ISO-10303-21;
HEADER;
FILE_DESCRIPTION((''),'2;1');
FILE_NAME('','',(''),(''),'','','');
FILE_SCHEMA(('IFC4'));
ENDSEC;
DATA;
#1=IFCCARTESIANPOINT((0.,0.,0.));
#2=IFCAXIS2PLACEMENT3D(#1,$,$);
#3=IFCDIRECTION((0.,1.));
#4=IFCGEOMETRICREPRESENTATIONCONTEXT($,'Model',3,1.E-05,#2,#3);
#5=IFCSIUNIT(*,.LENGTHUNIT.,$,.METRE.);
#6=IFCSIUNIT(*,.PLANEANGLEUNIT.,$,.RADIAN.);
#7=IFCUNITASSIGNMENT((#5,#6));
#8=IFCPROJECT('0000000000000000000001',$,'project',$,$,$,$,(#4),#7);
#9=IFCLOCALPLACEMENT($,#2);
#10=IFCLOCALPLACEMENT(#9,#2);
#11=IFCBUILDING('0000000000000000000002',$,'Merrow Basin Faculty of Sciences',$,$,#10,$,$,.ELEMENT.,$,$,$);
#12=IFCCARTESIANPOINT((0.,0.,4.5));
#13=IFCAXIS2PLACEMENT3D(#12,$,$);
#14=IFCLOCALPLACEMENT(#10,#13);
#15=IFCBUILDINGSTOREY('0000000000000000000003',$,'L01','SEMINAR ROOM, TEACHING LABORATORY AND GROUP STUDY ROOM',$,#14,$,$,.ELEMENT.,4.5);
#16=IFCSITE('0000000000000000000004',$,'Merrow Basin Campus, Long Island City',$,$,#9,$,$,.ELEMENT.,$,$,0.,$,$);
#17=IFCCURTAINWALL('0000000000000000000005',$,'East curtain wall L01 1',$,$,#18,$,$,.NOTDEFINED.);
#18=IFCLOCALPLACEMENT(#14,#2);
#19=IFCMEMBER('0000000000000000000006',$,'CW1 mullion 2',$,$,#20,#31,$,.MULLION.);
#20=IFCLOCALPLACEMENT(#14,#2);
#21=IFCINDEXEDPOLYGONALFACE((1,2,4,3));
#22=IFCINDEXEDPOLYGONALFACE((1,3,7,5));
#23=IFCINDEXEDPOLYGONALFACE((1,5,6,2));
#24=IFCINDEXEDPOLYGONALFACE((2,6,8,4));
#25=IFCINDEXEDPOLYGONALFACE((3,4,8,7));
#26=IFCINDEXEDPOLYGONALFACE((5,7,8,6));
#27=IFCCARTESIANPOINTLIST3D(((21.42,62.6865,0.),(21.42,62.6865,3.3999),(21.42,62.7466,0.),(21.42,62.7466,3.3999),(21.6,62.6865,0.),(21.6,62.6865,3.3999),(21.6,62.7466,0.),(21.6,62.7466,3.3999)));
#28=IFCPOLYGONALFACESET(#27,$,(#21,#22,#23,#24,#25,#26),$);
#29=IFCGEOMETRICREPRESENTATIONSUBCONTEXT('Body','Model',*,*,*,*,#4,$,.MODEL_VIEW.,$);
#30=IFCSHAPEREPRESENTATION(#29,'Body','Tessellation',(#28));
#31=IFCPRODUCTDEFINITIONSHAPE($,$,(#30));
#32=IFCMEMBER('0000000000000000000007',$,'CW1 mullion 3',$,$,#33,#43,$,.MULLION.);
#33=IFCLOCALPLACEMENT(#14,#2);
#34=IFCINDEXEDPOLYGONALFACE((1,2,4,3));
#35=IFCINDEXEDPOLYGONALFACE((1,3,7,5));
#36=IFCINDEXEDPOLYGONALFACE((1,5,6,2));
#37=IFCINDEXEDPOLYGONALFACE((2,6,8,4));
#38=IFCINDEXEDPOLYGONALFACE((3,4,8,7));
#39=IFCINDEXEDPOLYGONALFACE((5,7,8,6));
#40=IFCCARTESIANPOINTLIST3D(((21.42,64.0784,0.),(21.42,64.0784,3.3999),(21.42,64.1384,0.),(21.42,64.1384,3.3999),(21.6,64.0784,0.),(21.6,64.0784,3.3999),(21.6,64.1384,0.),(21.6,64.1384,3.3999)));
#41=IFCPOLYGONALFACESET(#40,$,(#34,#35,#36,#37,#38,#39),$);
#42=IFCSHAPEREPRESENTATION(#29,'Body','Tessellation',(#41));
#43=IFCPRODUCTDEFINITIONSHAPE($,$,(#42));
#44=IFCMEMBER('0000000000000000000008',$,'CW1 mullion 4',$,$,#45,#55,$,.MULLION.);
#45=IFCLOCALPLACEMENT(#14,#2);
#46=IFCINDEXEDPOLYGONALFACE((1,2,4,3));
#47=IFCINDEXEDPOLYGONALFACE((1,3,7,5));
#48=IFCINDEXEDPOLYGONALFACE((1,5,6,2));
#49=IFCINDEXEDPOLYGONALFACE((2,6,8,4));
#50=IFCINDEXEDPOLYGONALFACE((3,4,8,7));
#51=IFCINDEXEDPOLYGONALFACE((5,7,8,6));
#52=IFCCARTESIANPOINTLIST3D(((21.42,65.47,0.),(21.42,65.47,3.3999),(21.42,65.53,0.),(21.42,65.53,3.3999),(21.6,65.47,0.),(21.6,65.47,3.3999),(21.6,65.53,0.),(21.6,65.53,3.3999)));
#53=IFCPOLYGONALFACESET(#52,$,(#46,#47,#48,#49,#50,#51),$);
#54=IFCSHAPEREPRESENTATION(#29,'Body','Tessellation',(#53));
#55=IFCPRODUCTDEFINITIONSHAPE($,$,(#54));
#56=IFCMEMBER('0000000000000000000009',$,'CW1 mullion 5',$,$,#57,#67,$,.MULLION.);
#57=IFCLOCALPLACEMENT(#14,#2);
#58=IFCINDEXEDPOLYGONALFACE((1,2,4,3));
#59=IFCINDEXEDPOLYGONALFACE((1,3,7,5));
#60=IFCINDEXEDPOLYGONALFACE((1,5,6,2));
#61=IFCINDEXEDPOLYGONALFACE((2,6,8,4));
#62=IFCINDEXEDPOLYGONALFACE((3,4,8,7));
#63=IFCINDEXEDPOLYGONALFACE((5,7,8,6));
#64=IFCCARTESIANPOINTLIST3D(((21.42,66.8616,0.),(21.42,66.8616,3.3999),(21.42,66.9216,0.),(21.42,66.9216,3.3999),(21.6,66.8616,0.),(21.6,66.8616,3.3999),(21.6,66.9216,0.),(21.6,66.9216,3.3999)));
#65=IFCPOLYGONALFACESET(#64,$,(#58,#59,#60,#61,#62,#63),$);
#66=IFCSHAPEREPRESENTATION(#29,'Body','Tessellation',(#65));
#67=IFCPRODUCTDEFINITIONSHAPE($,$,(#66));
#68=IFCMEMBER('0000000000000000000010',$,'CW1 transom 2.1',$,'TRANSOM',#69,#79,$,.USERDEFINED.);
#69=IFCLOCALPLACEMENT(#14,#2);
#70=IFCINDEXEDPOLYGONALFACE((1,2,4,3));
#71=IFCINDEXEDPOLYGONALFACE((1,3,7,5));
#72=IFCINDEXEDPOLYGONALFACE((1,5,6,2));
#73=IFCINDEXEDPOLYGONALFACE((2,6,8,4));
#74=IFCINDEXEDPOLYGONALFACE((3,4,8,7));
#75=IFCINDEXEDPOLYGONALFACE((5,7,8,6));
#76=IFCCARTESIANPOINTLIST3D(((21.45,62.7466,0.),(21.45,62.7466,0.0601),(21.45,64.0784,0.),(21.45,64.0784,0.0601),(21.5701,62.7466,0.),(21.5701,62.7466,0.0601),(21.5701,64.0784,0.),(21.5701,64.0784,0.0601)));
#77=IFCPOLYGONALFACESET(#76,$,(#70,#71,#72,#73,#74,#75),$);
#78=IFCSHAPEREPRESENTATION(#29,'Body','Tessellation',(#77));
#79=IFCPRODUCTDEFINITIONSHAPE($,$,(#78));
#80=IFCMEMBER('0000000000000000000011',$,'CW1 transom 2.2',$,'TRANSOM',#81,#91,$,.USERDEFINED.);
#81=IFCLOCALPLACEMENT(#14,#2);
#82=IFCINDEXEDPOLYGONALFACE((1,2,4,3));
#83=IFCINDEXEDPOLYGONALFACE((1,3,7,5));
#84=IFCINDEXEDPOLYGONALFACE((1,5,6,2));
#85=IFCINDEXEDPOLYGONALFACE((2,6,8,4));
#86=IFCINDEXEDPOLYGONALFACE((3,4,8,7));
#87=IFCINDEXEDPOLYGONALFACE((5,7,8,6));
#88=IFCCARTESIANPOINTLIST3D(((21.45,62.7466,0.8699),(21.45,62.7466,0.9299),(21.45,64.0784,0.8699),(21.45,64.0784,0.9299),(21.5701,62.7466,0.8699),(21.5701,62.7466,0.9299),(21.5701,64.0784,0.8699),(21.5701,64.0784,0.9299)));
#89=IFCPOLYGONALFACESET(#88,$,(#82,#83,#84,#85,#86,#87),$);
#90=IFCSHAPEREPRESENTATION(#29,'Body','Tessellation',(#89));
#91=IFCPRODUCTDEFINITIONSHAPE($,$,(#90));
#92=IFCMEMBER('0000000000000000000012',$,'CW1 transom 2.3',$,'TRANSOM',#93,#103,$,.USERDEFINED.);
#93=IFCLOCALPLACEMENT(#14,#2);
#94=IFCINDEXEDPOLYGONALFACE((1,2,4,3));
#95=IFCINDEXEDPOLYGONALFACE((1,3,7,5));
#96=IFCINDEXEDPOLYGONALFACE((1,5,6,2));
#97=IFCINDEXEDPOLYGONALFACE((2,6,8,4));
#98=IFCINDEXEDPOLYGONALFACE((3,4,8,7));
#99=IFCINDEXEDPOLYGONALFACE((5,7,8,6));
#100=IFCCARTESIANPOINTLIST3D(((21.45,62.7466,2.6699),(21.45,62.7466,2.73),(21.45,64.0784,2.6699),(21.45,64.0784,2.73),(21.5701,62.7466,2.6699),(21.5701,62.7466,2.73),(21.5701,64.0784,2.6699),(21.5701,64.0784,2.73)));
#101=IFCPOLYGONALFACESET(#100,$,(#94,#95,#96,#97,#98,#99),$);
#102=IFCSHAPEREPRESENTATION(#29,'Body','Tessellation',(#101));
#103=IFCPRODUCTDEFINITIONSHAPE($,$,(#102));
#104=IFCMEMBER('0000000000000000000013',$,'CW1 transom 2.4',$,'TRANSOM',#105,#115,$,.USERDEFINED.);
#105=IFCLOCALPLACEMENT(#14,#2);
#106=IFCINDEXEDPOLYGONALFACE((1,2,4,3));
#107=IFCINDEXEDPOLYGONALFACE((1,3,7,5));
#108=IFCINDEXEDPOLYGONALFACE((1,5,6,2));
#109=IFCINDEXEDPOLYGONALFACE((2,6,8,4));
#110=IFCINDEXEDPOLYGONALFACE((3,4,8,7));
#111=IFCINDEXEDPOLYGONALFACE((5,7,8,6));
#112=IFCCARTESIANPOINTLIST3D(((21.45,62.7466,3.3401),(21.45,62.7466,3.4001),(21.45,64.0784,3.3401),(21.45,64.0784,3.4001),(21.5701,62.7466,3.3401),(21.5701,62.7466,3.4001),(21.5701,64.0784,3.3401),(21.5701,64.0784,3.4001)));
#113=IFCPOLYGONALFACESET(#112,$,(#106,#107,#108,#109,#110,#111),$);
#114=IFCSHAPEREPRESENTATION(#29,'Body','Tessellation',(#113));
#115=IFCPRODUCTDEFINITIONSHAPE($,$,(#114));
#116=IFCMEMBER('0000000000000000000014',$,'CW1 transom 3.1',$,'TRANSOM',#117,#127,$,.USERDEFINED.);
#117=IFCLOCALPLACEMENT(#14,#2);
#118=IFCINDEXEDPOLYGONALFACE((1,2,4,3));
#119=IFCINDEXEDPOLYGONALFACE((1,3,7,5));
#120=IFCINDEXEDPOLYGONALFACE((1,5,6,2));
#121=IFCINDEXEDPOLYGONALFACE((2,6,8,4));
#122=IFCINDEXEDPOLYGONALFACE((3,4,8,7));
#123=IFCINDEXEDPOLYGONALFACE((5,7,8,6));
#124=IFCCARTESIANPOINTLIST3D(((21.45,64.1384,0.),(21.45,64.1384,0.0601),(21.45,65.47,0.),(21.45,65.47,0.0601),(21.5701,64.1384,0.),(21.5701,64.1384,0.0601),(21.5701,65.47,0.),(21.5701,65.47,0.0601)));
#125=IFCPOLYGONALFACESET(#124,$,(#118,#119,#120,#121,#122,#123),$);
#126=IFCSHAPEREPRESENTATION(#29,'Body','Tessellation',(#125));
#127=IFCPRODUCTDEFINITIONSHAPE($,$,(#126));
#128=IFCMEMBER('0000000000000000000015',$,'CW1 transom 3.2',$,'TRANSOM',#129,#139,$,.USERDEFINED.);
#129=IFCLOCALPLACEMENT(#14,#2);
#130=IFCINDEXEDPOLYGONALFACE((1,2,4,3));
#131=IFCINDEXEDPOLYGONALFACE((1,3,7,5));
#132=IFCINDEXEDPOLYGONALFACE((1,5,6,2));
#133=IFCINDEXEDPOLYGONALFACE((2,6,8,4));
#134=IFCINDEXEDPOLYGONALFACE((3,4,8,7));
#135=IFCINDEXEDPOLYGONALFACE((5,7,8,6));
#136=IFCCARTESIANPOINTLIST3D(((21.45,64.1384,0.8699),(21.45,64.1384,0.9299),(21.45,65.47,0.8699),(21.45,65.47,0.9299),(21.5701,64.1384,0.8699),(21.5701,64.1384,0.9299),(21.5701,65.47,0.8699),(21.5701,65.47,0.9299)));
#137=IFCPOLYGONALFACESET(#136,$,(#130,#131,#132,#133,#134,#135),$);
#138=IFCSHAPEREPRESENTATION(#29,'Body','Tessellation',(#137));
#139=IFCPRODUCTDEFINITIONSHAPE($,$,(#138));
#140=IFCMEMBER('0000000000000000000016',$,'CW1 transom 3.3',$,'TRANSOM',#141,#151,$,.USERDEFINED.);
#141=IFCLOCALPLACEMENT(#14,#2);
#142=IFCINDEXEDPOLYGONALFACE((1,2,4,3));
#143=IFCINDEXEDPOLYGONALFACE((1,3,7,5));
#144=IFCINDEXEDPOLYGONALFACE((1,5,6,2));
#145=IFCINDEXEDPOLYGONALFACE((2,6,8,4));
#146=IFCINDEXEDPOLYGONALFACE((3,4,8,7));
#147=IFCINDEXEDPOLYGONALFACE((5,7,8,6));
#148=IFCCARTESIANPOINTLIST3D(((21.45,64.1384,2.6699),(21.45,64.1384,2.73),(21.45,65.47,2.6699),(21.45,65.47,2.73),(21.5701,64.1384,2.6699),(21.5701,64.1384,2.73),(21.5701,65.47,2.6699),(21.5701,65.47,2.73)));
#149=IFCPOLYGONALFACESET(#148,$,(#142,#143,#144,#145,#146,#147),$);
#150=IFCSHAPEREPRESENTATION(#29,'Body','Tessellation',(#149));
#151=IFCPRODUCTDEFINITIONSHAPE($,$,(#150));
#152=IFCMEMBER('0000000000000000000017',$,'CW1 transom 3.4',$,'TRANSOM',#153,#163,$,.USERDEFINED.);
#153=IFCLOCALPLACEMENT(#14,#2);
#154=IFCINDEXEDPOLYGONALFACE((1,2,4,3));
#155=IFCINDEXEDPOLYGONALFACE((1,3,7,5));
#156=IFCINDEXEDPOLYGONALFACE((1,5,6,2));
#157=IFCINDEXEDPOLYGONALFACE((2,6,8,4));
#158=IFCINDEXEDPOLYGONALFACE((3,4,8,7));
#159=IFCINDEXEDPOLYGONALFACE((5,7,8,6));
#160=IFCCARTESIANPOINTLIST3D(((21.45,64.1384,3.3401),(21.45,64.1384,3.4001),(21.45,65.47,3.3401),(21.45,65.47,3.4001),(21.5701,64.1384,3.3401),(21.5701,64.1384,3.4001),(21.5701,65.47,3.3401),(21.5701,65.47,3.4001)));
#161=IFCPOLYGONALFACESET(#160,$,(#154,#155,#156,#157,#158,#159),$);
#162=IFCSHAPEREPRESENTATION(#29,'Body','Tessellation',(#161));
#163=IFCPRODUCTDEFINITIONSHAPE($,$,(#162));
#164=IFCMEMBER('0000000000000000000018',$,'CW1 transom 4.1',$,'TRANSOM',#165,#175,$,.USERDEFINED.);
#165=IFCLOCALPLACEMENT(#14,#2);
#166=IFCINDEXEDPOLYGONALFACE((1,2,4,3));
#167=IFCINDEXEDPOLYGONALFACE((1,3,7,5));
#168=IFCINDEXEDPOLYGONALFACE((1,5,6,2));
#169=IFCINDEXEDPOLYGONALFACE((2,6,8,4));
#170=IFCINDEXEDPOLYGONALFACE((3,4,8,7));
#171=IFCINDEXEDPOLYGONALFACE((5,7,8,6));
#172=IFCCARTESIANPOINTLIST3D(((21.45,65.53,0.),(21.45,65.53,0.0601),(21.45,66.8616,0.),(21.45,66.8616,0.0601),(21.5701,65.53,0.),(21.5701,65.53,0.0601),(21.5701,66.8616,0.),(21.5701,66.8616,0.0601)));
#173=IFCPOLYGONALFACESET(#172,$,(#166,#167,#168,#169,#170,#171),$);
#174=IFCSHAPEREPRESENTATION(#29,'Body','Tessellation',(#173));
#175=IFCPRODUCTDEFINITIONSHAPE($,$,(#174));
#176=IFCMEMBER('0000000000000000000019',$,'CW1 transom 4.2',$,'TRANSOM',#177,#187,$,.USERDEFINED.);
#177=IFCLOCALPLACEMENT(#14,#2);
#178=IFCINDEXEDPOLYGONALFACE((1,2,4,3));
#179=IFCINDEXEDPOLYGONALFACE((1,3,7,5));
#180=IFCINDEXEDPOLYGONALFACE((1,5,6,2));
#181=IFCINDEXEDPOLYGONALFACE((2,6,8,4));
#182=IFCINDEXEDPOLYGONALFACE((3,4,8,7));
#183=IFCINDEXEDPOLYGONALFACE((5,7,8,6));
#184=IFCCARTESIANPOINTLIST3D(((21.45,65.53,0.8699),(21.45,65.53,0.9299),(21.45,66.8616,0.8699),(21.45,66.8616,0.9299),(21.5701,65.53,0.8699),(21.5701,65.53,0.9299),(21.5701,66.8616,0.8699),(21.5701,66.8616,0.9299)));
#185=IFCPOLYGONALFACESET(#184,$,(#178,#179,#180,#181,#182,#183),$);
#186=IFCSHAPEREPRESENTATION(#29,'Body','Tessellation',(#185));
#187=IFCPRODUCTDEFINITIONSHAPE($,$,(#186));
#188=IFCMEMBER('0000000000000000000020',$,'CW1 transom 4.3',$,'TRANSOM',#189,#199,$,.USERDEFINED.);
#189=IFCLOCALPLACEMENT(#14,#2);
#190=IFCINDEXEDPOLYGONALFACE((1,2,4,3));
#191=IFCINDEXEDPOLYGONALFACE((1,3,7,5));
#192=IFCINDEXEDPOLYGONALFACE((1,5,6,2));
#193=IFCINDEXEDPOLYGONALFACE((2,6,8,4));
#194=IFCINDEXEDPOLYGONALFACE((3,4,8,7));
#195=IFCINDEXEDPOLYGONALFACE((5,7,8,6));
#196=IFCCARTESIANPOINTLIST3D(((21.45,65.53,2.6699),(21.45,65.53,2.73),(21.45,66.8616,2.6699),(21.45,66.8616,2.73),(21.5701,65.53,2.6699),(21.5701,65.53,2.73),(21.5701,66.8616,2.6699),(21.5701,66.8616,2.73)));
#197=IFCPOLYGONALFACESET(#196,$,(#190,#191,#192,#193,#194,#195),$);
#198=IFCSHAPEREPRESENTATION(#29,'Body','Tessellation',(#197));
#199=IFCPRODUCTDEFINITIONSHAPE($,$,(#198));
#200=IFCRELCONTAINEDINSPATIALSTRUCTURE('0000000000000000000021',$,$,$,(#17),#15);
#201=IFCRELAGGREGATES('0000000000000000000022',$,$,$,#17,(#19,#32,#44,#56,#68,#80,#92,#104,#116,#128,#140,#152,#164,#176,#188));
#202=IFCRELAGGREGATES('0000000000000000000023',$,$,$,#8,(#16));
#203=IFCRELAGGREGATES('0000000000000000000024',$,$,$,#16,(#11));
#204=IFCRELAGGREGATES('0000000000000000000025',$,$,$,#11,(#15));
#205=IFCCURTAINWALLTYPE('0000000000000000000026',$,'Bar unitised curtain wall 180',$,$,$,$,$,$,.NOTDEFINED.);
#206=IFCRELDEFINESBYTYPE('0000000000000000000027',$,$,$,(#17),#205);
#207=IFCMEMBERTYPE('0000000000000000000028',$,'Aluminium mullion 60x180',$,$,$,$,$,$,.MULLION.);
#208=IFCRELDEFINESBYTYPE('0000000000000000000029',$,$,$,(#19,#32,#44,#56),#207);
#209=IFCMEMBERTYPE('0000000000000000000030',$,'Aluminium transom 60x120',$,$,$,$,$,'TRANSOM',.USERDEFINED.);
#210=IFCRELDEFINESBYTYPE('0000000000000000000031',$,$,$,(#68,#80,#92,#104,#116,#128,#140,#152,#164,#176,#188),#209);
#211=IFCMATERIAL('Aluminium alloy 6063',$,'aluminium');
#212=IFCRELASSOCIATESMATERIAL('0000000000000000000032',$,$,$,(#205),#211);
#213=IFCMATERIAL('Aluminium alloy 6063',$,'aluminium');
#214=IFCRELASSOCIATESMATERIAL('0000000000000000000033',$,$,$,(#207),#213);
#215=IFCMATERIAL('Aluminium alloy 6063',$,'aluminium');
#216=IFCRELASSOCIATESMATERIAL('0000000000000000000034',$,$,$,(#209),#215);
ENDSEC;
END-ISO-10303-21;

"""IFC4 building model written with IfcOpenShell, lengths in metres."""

from ifc_helpers import new_model, si_unit, direction, frame, origin, origin_2d, place, context, subcontext, project, spatial, rectangle, extrude, material, material_profile, profile_set, type_object, element, aggregate, save


model = new_model("IFC4")

# Units and contexts
model_context = context("Model", 3, precision=1e-05, world=origin(), true_north=direction((0.0, 1.0)))
body_context = subcontext(model_context, "Body", "Model", "MODEL_VIEW")
ifc_project = project(units=[si_unit("LENGTHUNIT", "METRE"), si_unit("PLANEANGLEUNIT", "RADIAN")], contexts=[model_context])

# Site, building, storey
site_placement = place(None, origin())
site = spatial("IfcSite", under=ifc_project, at=site_placement, Name="Merrow Basin Campus, Long Island City", CompositionType="ELEMENT", RefElevation=0.0)
building_placement = place(site_placement, origin())
building = spatial("IfcBuilding", under=site, at=building_placement, Name="Merrow Basin Faculty of Sciences", CompositionType="ELEMENT")
storey_placement = place(building_placement, frame((0.0, 0.0, 4.5)))
storey = spatial("IfcBuildingStorey", under=building, at=storey_placement, Name="L01", Description="SEMINAR ROOM, TEACHING LABORATORY AND GROUP STUDY ROOM", CompositionType="ELEMENT", Elevation=4.5)

# Curtain wall, members
ifc_material_1 = material(Name="Aluminium alloy 6063", Category="aluminium")
curtain_wall_type = type_object("IfcCurtainWallType", Name="Bar unitised curtain wall 180", PredefinedType="NOTDEFINED", material=ifc_material_1)
curtain_wall_placement = place(storey_placement, origin())
curtain_wall = element("IfcCurtainWall", 1, at=curtain_wall_placement, inside=storey, type_object=curtain_wall_type, Name="East curtain wall L01 1", PredefinedType="NOTDEFINED")
ifc_material_2 = material(Name="Aluminium alloy 6063", Category="aluminium")
ifc_material_profile_1 = material_profile(ifc_material_2, rectangle(XDim=0.1799, YDim=0.0601, at=origin_2d()))
ifc_profile_set_1 = profile_set([ifc_material_profile_1], Name="Aluminium alloy 6063")
member_type_1 = type_object("IfcMemberType", Name="Aluminium mullion 60x180", PredefinedType="MULLION", material=ifc_profile_set_1)
member_1_placement = place(storey_placement, frame((21.51, 62.7166, 0.0), z_axis=(0.0, 0.0, 1.0), x_axis=(-1.0, 0.0, 0.0)))
member_1 = element("IfcMember", 2, at=member_1_placement, type_object=member_type_1, Name="CW1 mullion 2", PredefinedType="MULLION", context=body_context, shape_type="SweptSolid", body=[
    extrude(rectangle(XDim=0.1799, YDim=0.0601, at=origin_2d()), origin(), (0.0, 0.0, 1.0), 3.3999),
])
member_2_placement = place(storey_placement, frame((21.51, 64.1084, 0.0), z_axis=(0.0, 0.0, 1.0), x_axis=(-1.0, 0.0, 0.0)))
member_2 = element("IfcMember", 3, at=member_2_placement, type_object=member_type_1, Name="CW1 mullion 3", PredefinedType="MULLION", context=body_context, shape_type="SweptSolid", body=[
    extrude(rectangle(XDim=0.1799, YDim=0.0601, at=origin_2d()), origin(), (0.0, 0.0, 1.0), 3.3999),
])
member_3_placement = place(storey_placement, frame((21.51, 65.5, 0.0), z_axis=(0.0, 0.0, 1.0), x_axis=(-1.0, 0.0, 0.0)))
member_3 = element("IfcMember", 4, at=member_3_placement, type_object=member_type_1, Name="CW1 mullion 4", PredefinedType="MULLION", context=body_context, shape_type="SweptSolid", body=[
    extrude(rectangle(XDim=0.1799, YDim=0.0601, at=origin_2d()), origin(), (0.0, 0.0, 1.0), 3.3999),
])
member_4_placement = place(storey_placement, frame((21.51, 66.8916, 0.0), z_axis=(0.0, 0.0, 1.0), x_axis=(-1.0, 0.0, 0.0)))
member_4 = element("IfcMember", 5, at=member_4_placement, type_object=member_type_1, Name="CW1 mullion 5", PredefinedType="MULLION", context=body_context, shape_type="SweptSolid", body=[
    extrude(rectangle(XDim=0.1799, YDim=0.0601, at=origin_2d()), origin(), (0.0, 0.0, 1.0), 3.3999),
])
ifc_material_3 = material(Name="Aluminium alloy 6063", Category="aluminium")
ifc_material_profile_2 = material_profile(ifc_material_3, rectangle(XDim=0.1201, YDim=0.0601, at=origin_2d()))
ifc_profile_set_2 = profile_set([ifc_material_profile_2], Name="Aluminium alloy 6063")
member_type_2 = type_object("IfcMemberType", Name="Aluminium transom 60x120", ElementType="TRANSOM", PredefinedType="USERDEFINED", material=ifc_profile_set_2)
member_5_placement = place(storey_placement, frame((21.51, 62.7466, 0.03), z_axis=(0.0, 1.0, 0.0), x_axis=(-1.0, 0.0, 0.0)))
member_5 = element("IfcMember", 6, at=member_5_placement, type_object=member_type_2, Name="CW1 transom 2.1", ObjectType="TRANSOM", PredefinedType="USERDEFINED", context=body_context, shape_type="SweptSolid", body=[
    extrude(rectangle(XDim=0.1201, YDim=0.0601, at=origin_2d()), origin(), (0.0, 0.0, 1.0), 1.3318),
])
member_6_placement = place(storey_placement, frame((21.51, 62.7466, 0.8999), z_axis=(0.0, 1.0, 0.0), x_axis=(-1.0, 0.0, 0.0)))
member_6 = element("IfcMember", 7, at=member_6_placement, type_object=member_type_2, Name="CW1 transom 2.2", ObjectType="TRANSOM", PredefinedType="USERDEFINED", context=body_context, shape_type="SweptSolid", body=[
    extrude(rectangle(XDim=0.1201, YDim=0.0601, at=origin_2d()), origin(), (0.0, 0.0, 1.0), 1.3318),
])
member_7_placement = place(storey_placement, frame((21.51, 62.7466, 2.7), z_axis=(0.0, 1.0, 0.0), x_axis=(-1.0, 0.0, 0.0)))
member_7 = element("IfcMember", 8, at=member_7_placement, type_object=member_type_2, Name="CW1 transom 2.3", ObjectType="TRANSOM", PredefinedType="USERDEFINED", context=body_context, shape_type="SweptSolid", body=[
    extrude(rectangle(XDim=0.1201, YDim=0.0601, at=origin_2d()), origin(), (0.0, 0.0, 1.0), 1.3318),
])
member_8_placement = place(storey_placement, frame((21.51, 62.7466, 3.3701), z_axis=(0.0, 1.0, 0.0), x_axis=(-1.0, 0.0, 0.0)))
member_8 = element("IfcMember", 9, at=member_8_placement, type_object=member_type_2, Name="CW1 transom 2.4", ObjectType="TRANSOM", PredefinedType="USERDEFINED", context=body_context, shape_type="SweptSolid", body=[
    extrude(rectangle(XDim=0.1201, YDim=0.0601, at=origin_2d()), origin(), (0.0, 0.0, 1.0), 1.3318),
])
member_9_placement = place(storey_placement, frame((21.51, 64.1384, 0.03), z_axis=(0.0, 1.0, 0.0), x_axis=(-1.0, 0.0, 0.0)))
member_9 = element("IfcMember", 10, at=member_9_placement, type_object=member_type_2, Name="CW1 transom 3.1", ObjectType="TRANSOM", PredefinedType="USERDEFINED", context=body_context, shape_type="SweptSolid", body=[
    extrude(rectangle(XDim=0.1201, YDim=0.0601, at=origin_2d()), origin(), (0.0, 0.0, 1.0), 1.3315),
])
member_10_placement = place(storey_placement, frame((21.51, 64.1384, 0.8999), z_axis=(0.0, 1.0, 0.0), x_axis=(-1.0, 0.0, 0.0)))
member_10 = element("IfcMember", 11, at=member_10_placement, type_object=member_type_2, Name="CW1 transom 3.2", ObjectType="TRANSOM", PredefinedType="USERDEFINED", context=body_context, shape_type="SweptSolid", body=[
    extrude(rectangle(XDim=0.1201, YDim=0.0601, at=origin_2d()), origin(), (0.0, 0.0, 1.0), 1.3315),
])
member_11_placement = place(storey_placement, frame((21.51, 64.1384, 2.7), z_axis=(0.0, 1.0, 0.0), x_axis=(-1.0, 0.0, 0.0)))
member_11 = element("IfcMember", 12, at=member_11_placement, type_object=member_type_2, Name="CW1 transom 3.3", ObjectType="TRANSOM", PredefinedType="USERDEFINED", context=body_context, shape_type="SweptSolid", body=[
    extrude(rectangle(XDim=0.1201, YDim=0.0601, at=origin_2d()), origin(), (0.0, 0.0, 1.0), 1.3315),
])
member_12_placement = place(storey_placement, frame((21.51, 64.1384, 3.3701), z_axis=(0.0, 1.0, 0.0), x_axis=(-1.0, 0.0, 0.0)))
member_12 = element("IfcMember", 13, at=member_12_placement, type_object=member_type_2, Name="CW1 transom 3.4", ObjectType="TRANSOM", PredefinedType="USERDEFINED", context=body_context, shape_type="SweptSolid", body=[
    extrude(rectangle(XDim=0.1201, YDim=0.0601, at=origin_2d()), origin(), (0.0, 0.0, 1.0), 1.3315),
])
member_13_placement = place(storey_placement, frame((21.51, 65.53, 0.03), z_axis=(0.0, 1.0, 0.0), x_axis=(-1.0, 0.0, 0.0)))
member_13 = element("IfcMember", 14, at=member_13_placement, type_object=member_type_2, Name="CW1 transom 4.1", ObjectType="TRANSOM", PredefinedType="USERDEFINED", context=body_context, shape_type="SweptSolid", body=[
    extrude(rectangle(XDim=0.1201, YDim=0.0601, at=origin_2d()), origin(), (0.0, 0.0, 1.0), 1.3315),
])
member_14_placement = place(storey_placement, frame((21.51, 65.53, 0.8999), z_axis=(0.0, 1.0, 0.0), x_axis=(-1.0, 0.0, 0.0)))
member_14 = element("IfcMember", 15, at=member_14_placement, type_object=member_type_2, Name="CW1 transom 4.2", ObjectType="TRANSOM", PredefinedType="USERDEFINED", context=body_context, shape_type="SweptSolid", body=[
    extrude(rectangle(XDim=0.1201, YDim=0.0601, at=origin_2d()), origin(), (0.0, 0.0, 1.0), 1.3315),
])
member_15_placement = place(storey_placement, frame((21.51, 65.53, 2.7), z_axis=(0.0, 1.0, 0.0), x_axis=(-1.0, 0.0, 0.0)))
member_15 = element("IfcMember", 16, at=member_15_placement, type_object=member_type_2, Name="CW1 transom 4.3", ObjectType="TRANSOM", PredefinedType="USERDEFINED", context=body_context, shape_type="SweptSolid", body=[
    extrude(rectangle(XDim=0.1201, YDim=0.0601, at=origin_2d()), origin(), (0.0, 0.0, 1.0), 1.3315),
])
aggregate(curtain_wall, [member_1, member_2, member_3, member_4, member_5, member_6, member_7, member_8, member_9, member_10, member_11, member_12, member_13, member_14, member_15])

save(model, "model.ifc")
